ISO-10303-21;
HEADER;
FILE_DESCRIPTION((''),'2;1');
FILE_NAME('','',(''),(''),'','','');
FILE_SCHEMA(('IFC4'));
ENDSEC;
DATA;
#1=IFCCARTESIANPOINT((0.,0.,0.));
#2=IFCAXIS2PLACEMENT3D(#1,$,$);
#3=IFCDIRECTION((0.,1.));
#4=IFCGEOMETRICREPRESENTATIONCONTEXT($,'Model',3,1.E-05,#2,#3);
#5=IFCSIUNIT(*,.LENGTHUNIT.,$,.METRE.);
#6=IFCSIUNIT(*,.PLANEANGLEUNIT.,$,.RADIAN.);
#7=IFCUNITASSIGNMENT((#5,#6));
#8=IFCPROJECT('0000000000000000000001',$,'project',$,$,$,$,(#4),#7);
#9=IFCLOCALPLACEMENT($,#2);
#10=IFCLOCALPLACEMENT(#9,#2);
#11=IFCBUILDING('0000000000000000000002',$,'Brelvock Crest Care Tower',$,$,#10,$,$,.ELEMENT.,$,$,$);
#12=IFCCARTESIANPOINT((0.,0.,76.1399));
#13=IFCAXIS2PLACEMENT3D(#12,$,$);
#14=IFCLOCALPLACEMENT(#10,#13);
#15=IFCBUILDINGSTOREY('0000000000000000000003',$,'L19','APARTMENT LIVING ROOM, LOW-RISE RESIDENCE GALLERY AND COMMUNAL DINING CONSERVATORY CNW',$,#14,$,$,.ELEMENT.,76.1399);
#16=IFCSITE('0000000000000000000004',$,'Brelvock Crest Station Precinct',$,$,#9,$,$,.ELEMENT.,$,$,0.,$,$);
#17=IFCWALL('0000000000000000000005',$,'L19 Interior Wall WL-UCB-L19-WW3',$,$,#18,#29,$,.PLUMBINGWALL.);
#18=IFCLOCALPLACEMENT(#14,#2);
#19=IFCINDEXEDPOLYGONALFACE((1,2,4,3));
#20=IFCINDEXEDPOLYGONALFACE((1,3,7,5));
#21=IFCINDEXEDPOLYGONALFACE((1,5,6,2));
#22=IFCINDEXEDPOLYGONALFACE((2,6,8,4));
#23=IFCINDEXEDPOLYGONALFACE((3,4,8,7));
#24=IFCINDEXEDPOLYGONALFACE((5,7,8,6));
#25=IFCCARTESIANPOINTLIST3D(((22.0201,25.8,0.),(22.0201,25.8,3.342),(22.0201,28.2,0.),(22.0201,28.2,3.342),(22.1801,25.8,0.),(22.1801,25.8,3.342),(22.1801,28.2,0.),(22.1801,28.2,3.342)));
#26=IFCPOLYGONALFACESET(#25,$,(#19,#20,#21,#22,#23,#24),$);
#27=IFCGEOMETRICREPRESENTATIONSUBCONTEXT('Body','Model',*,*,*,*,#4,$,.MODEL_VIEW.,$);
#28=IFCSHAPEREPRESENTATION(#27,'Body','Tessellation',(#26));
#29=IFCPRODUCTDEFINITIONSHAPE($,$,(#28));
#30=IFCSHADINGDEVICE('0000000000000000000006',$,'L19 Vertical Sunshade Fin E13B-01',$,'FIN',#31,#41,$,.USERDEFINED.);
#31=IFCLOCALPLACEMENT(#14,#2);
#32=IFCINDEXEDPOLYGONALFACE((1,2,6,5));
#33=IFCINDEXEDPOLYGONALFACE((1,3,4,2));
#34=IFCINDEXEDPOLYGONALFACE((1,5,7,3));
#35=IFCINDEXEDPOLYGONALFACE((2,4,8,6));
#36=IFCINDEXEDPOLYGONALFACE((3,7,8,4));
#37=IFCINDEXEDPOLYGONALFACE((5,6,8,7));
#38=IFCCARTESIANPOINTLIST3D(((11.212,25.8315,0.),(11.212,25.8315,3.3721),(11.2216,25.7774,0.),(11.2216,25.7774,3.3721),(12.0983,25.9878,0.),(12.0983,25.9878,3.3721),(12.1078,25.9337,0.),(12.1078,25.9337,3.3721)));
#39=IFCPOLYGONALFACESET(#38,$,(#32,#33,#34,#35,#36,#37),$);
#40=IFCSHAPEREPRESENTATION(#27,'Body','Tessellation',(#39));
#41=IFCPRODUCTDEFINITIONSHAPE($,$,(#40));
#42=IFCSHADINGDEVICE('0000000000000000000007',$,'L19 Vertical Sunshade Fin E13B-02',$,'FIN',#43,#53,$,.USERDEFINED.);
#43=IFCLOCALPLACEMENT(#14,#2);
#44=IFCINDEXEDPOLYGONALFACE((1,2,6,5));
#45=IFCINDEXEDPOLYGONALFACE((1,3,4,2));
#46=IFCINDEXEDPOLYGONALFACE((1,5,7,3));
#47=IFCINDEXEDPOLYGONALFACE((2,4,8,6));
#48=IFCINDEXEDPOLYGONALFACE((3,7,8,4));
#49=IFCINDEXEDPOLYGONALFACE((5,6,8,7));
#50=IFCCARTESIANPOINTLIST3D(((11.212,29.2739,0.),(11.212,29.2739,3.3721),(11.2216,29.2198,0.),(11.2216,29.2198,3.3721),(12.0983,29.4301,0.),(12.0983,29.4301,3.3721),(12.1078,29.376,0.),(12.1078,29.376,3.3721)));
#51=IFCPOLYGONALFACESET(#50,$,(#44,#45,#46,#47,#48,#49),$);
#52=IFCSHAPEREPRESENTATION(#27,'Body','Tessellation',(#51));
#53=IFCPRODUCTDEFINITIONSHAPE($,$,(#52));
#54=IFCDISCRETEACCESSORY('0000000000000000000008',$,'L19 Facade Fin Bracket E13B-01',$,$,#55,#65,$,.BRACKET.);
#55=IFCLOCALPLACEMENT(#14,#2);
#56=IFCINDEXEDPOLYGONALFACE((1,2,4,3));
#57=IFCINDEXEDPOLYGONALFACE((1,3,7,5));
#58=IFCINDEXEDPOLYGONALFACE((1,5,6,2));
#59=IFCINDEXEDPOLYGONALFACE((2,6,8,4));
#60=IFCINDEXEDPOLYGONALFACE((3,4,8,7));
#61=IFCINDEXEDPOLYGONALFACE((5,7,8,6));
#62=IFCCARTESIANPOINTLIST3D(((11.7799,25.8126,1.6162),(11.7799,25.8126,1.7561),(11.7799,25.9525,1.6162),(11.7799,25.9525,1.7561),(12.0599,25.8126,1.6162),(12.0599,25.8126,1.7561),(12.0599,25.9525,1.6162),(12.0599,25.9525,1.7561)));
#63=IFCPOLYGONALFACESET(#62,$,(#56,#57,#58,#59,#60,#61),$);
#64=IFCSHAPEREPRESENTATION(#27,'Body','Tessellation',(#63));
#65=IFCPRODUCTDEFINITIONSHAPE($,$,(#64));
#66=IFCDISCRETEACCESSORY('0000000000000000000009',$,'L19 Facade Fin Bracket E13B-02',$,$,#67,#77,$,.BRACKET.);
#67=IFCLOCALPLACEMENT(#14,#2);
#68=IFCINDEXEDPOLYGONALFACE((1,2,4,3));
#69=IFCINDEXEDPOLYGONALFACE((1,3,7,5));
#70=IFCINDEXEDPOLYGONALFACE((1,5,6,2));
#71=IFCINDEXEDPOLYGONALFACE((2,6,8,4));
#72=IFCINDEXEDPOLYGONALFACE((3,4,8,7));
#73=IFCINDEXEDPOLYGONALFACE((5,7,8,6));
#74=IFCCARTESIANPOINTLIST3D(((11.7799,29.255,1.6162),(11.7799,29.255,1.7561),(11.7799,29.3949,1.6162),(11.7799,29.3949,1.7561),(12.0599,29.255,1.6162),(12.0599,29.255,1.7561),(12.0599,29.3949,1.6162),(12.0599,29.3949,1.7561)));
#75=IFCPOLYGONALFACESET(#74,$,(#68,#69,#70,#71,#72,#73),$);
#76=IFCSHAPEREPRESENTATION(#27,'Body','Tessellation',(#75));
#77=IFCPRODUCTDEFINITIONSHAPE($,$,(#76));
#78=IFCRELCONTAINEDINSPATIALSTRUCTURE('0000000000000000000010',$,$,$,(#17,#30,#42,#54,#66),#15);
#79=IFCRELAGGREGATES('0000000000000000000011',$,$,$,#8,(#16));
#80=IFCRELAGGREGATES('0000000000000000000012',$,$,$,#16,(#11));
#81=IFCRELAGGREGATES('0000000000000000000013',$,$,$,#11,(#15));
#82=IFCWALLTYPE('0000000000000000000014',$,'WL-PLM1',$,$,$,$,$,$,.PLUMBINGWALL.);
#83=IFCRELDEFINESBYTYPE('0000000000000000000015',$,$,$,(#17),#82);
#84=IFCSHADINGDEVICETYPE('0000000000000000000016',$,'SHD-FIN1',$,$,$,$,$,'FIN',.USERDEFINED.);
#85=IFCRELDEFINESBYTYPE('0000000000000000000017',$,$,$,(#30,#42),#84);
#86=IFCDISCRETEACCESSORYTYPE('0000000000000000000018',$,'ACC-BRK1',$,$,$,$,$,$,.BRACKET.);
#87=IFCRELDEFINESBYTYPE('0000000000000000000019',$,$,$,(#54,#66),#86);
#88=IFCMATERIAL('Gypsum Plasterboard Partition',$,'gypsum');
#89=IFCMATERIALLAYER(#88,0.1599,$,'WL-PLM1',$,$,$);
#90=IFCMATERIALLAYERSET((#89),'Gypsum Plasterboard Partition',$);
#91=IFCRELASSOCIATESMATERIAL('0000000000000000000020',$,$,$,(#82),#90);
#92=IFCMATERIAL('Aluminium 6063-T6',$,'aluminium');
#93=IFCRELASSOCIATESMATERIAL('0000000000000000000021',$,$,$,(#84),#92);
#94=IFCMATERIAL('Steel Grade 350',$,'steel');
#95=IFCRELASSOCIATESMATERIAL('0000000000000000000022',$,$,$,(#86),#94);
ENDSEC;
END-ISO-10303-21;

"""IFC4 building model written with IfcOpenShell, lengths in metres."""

from ifc_helpers import new_model, si_unit, direction, frame, frame_2d, origin, origin_2d, place, context, subcontext, project, spatial, rectangle, extrude, source, transform, mapped, material, layer, layer_set, material_profile, profile_set, type_object, element, save


model = new_model("IFC4")

# Units and contexts
model_context = context("Model", 3, precision=1e-05, world=origin(), true_north=direction((0.0, 1.0)))
body_context = subcontext(model_context, "Body", "Model", "MODEL_VIEW")
ifc_project = project(units=[si_unit("LENGTHUNIT", "METRE"), si_unit("PLANEANGLEUNIT", "RADIAN")], contexts=[model_context])

# Site, building, storey
site_placement = place(None, origin())
site = spatial("IfcSite", under=ifc_project, at=site_placement, Name="Brelvock Crest Station Precinct", CompositionType="ELEMENT", RefElevation=0.0)
building_placement = place(site_placement, origin())
building = spatial("IfcBuilding", under=site, at=building_placement, Name="Brelvock Crest Care Tower", CompositionType="ELEMENT")
storey_placement = place(building_placement, frame((0.0, 0.0, 76.1399)))
storey = spatial("IfcBuildingStorey", under=building, at=storey_placement, Name="L19", Description="APARTMENT LIVING ROOM, LOW-RISE RESIDENCE GALLERY AND COMMUNAL DINING CONSERVATORY CNW", CompositionType="ELEMENT", Elevation=76.1399)

# Shared definitions
ifc_material_1 = material(Name="Steel Grade 350", Category="steel")

# Shared definitions
ifc_material_2 = material(Name="Aluminium 6063-T6", Category="aluminium")

# Shared definitions
ifc_material_3 = material(Name="Gypsum Plasterboard Partition", Category="gypsum")

# Shared definitions
ifc_layer_1 = layer(ifc_material_3, 0.1599, Name="WL-PLM1")
ifc_layer_set_1 = layer_set([ifc_layer_1], Name="Gypsum Plasterboard Partition")
wall_type_1 = type_object("IfcWallType", Name="WL-PLM1", PredefinedType="PLUMBINGWALL", material=ifc_layer_set_1)

# Wall
wall_1_placement = place(storey_placement, frame((22.1001, 25.8, 0.0), z_axis=(0.0, 0.0, 1.0), x_axis=(0.0, 1.0, 0.0)))
element("IfcWall", 1, at=wall_1_placement, inside=storey, type_object=wall_type_1, Name="L19 Interior Wall WL-UCB-L19-WW3", PredefinedType="PLUMBINGWALL", context=body_context, shape_type="SweptSolid", body=[
    extrude(rectangle(XDim=2.3999, YDim=0.1599, at=frame_2d((1.2, 0.0))), origin(), (0.0, 0.0, 1.0), 3.342),
])

# Shading devices
ifc_material_profile_1 = material_profile(ifc_material_2, rectangle(XDim=0.0549, YDim=0.8999, at=origin_2d()), Name="FIN55x900")
ifc_profile_set_1 = profile_set([ifc_material_profile_1], Name="Aluminium 6063-T6")
shading_device_type = type_object("IfcShadingDeviceType", Name="SHD-FIN1", ElementType="FIN", PredefinedType="USERDEFINED", material=ifc_profile_set_1)
shared_shape_1 = source(origin(), body_context, "Body", "SweptSolid", [
    extrude(rectangle(XDim=0.0549, YDim=0.8999, at=origin_2d()), origin(), (0.0, 0.0, 1.0), 3.3721),
])
for number, where, z_axis, x_axis, name in (
    (2, (11.6599, 25.8826, 0.0), (0.0, 0.0, 1.0), (-0.173648, 0.984808, 0.0), "L19 Vertical Sunshade Fin E13B-01"),
    (3, (11.6599, 29.325, 0.0), (0.0, 0.0, 1.0), (-0.173648, 0.984808, 0.0), "L19 Vertical Sunshade Fin E13B-02"),
):
    element("IfcShadingDevice", number, at=place(storey_placement, frame(where, z_axis=z_axis, x_axis=x_axis)), inside=storey, type_object=shading_device_type, Name=name, ObjectType="FIN", PredefinedType="USERDEFINED", context=body_context, shape_type="MappedRepresentation", body=[
        mapped(shared_shape_1, transform((0.0, 0.0, 0.0), x_axis=(1.0, 0.0, 0.0), y_axis=(0.0, 1.0, 0.0), z_axis=(0.0, 0.0, 1.0), scale=1.0)),
    ])

# Discrete accessories
discrete_accessory_type = type_object("IfcDiscreteAccessoryType", Name="ACC-BRK1", PredefinedType="BRACKET", material=ifc_material_1)
shared_shape_2 = source(origin(), body_context, "Body", "SweptSolid", [
    extrude(rectangle(XDim=0.28, YDim=0.1399, at=origin_2d()), origin(), (0.0, 0.0, 1.0), 0.1399),
])
for number, where, z_axis, x_axis, name in (
    (4, (11.9199, 25.8826, 1.6162), (0.0, 0.0, 1.0), (-1.0, 0.0, 0.0), "L19 Facade Fin Bracket E13B-01"),
    (5, (11.9199, 29.325, 1.6162), (0.0, 0.0, 1.0), (-1.0, 0.0, 0.0), "L19 Facade Fin Bracket E13B-02"),
):
    element("IfcDiscreteAccessory", number, at=place(storey_placement, frame(where, z_axis=z_axis, x_axis=x_axis)), inside=storey, type_object=discrete_accessory_type, Name=name, PredefinedType="BRACKET", context=body_context, shape_type="MappedRepresentation", body=[
        mapped(shared_shape_2, transform((0.0, 0.0, 0.0), x_axis=(1.0, 0.0, 0.0), y_axis=(0.0, 1.0, 0.0), z_axis=(0.0, 0.0, 1.0), scale=1.0)),
    ])

save(model, "model.ifc")
